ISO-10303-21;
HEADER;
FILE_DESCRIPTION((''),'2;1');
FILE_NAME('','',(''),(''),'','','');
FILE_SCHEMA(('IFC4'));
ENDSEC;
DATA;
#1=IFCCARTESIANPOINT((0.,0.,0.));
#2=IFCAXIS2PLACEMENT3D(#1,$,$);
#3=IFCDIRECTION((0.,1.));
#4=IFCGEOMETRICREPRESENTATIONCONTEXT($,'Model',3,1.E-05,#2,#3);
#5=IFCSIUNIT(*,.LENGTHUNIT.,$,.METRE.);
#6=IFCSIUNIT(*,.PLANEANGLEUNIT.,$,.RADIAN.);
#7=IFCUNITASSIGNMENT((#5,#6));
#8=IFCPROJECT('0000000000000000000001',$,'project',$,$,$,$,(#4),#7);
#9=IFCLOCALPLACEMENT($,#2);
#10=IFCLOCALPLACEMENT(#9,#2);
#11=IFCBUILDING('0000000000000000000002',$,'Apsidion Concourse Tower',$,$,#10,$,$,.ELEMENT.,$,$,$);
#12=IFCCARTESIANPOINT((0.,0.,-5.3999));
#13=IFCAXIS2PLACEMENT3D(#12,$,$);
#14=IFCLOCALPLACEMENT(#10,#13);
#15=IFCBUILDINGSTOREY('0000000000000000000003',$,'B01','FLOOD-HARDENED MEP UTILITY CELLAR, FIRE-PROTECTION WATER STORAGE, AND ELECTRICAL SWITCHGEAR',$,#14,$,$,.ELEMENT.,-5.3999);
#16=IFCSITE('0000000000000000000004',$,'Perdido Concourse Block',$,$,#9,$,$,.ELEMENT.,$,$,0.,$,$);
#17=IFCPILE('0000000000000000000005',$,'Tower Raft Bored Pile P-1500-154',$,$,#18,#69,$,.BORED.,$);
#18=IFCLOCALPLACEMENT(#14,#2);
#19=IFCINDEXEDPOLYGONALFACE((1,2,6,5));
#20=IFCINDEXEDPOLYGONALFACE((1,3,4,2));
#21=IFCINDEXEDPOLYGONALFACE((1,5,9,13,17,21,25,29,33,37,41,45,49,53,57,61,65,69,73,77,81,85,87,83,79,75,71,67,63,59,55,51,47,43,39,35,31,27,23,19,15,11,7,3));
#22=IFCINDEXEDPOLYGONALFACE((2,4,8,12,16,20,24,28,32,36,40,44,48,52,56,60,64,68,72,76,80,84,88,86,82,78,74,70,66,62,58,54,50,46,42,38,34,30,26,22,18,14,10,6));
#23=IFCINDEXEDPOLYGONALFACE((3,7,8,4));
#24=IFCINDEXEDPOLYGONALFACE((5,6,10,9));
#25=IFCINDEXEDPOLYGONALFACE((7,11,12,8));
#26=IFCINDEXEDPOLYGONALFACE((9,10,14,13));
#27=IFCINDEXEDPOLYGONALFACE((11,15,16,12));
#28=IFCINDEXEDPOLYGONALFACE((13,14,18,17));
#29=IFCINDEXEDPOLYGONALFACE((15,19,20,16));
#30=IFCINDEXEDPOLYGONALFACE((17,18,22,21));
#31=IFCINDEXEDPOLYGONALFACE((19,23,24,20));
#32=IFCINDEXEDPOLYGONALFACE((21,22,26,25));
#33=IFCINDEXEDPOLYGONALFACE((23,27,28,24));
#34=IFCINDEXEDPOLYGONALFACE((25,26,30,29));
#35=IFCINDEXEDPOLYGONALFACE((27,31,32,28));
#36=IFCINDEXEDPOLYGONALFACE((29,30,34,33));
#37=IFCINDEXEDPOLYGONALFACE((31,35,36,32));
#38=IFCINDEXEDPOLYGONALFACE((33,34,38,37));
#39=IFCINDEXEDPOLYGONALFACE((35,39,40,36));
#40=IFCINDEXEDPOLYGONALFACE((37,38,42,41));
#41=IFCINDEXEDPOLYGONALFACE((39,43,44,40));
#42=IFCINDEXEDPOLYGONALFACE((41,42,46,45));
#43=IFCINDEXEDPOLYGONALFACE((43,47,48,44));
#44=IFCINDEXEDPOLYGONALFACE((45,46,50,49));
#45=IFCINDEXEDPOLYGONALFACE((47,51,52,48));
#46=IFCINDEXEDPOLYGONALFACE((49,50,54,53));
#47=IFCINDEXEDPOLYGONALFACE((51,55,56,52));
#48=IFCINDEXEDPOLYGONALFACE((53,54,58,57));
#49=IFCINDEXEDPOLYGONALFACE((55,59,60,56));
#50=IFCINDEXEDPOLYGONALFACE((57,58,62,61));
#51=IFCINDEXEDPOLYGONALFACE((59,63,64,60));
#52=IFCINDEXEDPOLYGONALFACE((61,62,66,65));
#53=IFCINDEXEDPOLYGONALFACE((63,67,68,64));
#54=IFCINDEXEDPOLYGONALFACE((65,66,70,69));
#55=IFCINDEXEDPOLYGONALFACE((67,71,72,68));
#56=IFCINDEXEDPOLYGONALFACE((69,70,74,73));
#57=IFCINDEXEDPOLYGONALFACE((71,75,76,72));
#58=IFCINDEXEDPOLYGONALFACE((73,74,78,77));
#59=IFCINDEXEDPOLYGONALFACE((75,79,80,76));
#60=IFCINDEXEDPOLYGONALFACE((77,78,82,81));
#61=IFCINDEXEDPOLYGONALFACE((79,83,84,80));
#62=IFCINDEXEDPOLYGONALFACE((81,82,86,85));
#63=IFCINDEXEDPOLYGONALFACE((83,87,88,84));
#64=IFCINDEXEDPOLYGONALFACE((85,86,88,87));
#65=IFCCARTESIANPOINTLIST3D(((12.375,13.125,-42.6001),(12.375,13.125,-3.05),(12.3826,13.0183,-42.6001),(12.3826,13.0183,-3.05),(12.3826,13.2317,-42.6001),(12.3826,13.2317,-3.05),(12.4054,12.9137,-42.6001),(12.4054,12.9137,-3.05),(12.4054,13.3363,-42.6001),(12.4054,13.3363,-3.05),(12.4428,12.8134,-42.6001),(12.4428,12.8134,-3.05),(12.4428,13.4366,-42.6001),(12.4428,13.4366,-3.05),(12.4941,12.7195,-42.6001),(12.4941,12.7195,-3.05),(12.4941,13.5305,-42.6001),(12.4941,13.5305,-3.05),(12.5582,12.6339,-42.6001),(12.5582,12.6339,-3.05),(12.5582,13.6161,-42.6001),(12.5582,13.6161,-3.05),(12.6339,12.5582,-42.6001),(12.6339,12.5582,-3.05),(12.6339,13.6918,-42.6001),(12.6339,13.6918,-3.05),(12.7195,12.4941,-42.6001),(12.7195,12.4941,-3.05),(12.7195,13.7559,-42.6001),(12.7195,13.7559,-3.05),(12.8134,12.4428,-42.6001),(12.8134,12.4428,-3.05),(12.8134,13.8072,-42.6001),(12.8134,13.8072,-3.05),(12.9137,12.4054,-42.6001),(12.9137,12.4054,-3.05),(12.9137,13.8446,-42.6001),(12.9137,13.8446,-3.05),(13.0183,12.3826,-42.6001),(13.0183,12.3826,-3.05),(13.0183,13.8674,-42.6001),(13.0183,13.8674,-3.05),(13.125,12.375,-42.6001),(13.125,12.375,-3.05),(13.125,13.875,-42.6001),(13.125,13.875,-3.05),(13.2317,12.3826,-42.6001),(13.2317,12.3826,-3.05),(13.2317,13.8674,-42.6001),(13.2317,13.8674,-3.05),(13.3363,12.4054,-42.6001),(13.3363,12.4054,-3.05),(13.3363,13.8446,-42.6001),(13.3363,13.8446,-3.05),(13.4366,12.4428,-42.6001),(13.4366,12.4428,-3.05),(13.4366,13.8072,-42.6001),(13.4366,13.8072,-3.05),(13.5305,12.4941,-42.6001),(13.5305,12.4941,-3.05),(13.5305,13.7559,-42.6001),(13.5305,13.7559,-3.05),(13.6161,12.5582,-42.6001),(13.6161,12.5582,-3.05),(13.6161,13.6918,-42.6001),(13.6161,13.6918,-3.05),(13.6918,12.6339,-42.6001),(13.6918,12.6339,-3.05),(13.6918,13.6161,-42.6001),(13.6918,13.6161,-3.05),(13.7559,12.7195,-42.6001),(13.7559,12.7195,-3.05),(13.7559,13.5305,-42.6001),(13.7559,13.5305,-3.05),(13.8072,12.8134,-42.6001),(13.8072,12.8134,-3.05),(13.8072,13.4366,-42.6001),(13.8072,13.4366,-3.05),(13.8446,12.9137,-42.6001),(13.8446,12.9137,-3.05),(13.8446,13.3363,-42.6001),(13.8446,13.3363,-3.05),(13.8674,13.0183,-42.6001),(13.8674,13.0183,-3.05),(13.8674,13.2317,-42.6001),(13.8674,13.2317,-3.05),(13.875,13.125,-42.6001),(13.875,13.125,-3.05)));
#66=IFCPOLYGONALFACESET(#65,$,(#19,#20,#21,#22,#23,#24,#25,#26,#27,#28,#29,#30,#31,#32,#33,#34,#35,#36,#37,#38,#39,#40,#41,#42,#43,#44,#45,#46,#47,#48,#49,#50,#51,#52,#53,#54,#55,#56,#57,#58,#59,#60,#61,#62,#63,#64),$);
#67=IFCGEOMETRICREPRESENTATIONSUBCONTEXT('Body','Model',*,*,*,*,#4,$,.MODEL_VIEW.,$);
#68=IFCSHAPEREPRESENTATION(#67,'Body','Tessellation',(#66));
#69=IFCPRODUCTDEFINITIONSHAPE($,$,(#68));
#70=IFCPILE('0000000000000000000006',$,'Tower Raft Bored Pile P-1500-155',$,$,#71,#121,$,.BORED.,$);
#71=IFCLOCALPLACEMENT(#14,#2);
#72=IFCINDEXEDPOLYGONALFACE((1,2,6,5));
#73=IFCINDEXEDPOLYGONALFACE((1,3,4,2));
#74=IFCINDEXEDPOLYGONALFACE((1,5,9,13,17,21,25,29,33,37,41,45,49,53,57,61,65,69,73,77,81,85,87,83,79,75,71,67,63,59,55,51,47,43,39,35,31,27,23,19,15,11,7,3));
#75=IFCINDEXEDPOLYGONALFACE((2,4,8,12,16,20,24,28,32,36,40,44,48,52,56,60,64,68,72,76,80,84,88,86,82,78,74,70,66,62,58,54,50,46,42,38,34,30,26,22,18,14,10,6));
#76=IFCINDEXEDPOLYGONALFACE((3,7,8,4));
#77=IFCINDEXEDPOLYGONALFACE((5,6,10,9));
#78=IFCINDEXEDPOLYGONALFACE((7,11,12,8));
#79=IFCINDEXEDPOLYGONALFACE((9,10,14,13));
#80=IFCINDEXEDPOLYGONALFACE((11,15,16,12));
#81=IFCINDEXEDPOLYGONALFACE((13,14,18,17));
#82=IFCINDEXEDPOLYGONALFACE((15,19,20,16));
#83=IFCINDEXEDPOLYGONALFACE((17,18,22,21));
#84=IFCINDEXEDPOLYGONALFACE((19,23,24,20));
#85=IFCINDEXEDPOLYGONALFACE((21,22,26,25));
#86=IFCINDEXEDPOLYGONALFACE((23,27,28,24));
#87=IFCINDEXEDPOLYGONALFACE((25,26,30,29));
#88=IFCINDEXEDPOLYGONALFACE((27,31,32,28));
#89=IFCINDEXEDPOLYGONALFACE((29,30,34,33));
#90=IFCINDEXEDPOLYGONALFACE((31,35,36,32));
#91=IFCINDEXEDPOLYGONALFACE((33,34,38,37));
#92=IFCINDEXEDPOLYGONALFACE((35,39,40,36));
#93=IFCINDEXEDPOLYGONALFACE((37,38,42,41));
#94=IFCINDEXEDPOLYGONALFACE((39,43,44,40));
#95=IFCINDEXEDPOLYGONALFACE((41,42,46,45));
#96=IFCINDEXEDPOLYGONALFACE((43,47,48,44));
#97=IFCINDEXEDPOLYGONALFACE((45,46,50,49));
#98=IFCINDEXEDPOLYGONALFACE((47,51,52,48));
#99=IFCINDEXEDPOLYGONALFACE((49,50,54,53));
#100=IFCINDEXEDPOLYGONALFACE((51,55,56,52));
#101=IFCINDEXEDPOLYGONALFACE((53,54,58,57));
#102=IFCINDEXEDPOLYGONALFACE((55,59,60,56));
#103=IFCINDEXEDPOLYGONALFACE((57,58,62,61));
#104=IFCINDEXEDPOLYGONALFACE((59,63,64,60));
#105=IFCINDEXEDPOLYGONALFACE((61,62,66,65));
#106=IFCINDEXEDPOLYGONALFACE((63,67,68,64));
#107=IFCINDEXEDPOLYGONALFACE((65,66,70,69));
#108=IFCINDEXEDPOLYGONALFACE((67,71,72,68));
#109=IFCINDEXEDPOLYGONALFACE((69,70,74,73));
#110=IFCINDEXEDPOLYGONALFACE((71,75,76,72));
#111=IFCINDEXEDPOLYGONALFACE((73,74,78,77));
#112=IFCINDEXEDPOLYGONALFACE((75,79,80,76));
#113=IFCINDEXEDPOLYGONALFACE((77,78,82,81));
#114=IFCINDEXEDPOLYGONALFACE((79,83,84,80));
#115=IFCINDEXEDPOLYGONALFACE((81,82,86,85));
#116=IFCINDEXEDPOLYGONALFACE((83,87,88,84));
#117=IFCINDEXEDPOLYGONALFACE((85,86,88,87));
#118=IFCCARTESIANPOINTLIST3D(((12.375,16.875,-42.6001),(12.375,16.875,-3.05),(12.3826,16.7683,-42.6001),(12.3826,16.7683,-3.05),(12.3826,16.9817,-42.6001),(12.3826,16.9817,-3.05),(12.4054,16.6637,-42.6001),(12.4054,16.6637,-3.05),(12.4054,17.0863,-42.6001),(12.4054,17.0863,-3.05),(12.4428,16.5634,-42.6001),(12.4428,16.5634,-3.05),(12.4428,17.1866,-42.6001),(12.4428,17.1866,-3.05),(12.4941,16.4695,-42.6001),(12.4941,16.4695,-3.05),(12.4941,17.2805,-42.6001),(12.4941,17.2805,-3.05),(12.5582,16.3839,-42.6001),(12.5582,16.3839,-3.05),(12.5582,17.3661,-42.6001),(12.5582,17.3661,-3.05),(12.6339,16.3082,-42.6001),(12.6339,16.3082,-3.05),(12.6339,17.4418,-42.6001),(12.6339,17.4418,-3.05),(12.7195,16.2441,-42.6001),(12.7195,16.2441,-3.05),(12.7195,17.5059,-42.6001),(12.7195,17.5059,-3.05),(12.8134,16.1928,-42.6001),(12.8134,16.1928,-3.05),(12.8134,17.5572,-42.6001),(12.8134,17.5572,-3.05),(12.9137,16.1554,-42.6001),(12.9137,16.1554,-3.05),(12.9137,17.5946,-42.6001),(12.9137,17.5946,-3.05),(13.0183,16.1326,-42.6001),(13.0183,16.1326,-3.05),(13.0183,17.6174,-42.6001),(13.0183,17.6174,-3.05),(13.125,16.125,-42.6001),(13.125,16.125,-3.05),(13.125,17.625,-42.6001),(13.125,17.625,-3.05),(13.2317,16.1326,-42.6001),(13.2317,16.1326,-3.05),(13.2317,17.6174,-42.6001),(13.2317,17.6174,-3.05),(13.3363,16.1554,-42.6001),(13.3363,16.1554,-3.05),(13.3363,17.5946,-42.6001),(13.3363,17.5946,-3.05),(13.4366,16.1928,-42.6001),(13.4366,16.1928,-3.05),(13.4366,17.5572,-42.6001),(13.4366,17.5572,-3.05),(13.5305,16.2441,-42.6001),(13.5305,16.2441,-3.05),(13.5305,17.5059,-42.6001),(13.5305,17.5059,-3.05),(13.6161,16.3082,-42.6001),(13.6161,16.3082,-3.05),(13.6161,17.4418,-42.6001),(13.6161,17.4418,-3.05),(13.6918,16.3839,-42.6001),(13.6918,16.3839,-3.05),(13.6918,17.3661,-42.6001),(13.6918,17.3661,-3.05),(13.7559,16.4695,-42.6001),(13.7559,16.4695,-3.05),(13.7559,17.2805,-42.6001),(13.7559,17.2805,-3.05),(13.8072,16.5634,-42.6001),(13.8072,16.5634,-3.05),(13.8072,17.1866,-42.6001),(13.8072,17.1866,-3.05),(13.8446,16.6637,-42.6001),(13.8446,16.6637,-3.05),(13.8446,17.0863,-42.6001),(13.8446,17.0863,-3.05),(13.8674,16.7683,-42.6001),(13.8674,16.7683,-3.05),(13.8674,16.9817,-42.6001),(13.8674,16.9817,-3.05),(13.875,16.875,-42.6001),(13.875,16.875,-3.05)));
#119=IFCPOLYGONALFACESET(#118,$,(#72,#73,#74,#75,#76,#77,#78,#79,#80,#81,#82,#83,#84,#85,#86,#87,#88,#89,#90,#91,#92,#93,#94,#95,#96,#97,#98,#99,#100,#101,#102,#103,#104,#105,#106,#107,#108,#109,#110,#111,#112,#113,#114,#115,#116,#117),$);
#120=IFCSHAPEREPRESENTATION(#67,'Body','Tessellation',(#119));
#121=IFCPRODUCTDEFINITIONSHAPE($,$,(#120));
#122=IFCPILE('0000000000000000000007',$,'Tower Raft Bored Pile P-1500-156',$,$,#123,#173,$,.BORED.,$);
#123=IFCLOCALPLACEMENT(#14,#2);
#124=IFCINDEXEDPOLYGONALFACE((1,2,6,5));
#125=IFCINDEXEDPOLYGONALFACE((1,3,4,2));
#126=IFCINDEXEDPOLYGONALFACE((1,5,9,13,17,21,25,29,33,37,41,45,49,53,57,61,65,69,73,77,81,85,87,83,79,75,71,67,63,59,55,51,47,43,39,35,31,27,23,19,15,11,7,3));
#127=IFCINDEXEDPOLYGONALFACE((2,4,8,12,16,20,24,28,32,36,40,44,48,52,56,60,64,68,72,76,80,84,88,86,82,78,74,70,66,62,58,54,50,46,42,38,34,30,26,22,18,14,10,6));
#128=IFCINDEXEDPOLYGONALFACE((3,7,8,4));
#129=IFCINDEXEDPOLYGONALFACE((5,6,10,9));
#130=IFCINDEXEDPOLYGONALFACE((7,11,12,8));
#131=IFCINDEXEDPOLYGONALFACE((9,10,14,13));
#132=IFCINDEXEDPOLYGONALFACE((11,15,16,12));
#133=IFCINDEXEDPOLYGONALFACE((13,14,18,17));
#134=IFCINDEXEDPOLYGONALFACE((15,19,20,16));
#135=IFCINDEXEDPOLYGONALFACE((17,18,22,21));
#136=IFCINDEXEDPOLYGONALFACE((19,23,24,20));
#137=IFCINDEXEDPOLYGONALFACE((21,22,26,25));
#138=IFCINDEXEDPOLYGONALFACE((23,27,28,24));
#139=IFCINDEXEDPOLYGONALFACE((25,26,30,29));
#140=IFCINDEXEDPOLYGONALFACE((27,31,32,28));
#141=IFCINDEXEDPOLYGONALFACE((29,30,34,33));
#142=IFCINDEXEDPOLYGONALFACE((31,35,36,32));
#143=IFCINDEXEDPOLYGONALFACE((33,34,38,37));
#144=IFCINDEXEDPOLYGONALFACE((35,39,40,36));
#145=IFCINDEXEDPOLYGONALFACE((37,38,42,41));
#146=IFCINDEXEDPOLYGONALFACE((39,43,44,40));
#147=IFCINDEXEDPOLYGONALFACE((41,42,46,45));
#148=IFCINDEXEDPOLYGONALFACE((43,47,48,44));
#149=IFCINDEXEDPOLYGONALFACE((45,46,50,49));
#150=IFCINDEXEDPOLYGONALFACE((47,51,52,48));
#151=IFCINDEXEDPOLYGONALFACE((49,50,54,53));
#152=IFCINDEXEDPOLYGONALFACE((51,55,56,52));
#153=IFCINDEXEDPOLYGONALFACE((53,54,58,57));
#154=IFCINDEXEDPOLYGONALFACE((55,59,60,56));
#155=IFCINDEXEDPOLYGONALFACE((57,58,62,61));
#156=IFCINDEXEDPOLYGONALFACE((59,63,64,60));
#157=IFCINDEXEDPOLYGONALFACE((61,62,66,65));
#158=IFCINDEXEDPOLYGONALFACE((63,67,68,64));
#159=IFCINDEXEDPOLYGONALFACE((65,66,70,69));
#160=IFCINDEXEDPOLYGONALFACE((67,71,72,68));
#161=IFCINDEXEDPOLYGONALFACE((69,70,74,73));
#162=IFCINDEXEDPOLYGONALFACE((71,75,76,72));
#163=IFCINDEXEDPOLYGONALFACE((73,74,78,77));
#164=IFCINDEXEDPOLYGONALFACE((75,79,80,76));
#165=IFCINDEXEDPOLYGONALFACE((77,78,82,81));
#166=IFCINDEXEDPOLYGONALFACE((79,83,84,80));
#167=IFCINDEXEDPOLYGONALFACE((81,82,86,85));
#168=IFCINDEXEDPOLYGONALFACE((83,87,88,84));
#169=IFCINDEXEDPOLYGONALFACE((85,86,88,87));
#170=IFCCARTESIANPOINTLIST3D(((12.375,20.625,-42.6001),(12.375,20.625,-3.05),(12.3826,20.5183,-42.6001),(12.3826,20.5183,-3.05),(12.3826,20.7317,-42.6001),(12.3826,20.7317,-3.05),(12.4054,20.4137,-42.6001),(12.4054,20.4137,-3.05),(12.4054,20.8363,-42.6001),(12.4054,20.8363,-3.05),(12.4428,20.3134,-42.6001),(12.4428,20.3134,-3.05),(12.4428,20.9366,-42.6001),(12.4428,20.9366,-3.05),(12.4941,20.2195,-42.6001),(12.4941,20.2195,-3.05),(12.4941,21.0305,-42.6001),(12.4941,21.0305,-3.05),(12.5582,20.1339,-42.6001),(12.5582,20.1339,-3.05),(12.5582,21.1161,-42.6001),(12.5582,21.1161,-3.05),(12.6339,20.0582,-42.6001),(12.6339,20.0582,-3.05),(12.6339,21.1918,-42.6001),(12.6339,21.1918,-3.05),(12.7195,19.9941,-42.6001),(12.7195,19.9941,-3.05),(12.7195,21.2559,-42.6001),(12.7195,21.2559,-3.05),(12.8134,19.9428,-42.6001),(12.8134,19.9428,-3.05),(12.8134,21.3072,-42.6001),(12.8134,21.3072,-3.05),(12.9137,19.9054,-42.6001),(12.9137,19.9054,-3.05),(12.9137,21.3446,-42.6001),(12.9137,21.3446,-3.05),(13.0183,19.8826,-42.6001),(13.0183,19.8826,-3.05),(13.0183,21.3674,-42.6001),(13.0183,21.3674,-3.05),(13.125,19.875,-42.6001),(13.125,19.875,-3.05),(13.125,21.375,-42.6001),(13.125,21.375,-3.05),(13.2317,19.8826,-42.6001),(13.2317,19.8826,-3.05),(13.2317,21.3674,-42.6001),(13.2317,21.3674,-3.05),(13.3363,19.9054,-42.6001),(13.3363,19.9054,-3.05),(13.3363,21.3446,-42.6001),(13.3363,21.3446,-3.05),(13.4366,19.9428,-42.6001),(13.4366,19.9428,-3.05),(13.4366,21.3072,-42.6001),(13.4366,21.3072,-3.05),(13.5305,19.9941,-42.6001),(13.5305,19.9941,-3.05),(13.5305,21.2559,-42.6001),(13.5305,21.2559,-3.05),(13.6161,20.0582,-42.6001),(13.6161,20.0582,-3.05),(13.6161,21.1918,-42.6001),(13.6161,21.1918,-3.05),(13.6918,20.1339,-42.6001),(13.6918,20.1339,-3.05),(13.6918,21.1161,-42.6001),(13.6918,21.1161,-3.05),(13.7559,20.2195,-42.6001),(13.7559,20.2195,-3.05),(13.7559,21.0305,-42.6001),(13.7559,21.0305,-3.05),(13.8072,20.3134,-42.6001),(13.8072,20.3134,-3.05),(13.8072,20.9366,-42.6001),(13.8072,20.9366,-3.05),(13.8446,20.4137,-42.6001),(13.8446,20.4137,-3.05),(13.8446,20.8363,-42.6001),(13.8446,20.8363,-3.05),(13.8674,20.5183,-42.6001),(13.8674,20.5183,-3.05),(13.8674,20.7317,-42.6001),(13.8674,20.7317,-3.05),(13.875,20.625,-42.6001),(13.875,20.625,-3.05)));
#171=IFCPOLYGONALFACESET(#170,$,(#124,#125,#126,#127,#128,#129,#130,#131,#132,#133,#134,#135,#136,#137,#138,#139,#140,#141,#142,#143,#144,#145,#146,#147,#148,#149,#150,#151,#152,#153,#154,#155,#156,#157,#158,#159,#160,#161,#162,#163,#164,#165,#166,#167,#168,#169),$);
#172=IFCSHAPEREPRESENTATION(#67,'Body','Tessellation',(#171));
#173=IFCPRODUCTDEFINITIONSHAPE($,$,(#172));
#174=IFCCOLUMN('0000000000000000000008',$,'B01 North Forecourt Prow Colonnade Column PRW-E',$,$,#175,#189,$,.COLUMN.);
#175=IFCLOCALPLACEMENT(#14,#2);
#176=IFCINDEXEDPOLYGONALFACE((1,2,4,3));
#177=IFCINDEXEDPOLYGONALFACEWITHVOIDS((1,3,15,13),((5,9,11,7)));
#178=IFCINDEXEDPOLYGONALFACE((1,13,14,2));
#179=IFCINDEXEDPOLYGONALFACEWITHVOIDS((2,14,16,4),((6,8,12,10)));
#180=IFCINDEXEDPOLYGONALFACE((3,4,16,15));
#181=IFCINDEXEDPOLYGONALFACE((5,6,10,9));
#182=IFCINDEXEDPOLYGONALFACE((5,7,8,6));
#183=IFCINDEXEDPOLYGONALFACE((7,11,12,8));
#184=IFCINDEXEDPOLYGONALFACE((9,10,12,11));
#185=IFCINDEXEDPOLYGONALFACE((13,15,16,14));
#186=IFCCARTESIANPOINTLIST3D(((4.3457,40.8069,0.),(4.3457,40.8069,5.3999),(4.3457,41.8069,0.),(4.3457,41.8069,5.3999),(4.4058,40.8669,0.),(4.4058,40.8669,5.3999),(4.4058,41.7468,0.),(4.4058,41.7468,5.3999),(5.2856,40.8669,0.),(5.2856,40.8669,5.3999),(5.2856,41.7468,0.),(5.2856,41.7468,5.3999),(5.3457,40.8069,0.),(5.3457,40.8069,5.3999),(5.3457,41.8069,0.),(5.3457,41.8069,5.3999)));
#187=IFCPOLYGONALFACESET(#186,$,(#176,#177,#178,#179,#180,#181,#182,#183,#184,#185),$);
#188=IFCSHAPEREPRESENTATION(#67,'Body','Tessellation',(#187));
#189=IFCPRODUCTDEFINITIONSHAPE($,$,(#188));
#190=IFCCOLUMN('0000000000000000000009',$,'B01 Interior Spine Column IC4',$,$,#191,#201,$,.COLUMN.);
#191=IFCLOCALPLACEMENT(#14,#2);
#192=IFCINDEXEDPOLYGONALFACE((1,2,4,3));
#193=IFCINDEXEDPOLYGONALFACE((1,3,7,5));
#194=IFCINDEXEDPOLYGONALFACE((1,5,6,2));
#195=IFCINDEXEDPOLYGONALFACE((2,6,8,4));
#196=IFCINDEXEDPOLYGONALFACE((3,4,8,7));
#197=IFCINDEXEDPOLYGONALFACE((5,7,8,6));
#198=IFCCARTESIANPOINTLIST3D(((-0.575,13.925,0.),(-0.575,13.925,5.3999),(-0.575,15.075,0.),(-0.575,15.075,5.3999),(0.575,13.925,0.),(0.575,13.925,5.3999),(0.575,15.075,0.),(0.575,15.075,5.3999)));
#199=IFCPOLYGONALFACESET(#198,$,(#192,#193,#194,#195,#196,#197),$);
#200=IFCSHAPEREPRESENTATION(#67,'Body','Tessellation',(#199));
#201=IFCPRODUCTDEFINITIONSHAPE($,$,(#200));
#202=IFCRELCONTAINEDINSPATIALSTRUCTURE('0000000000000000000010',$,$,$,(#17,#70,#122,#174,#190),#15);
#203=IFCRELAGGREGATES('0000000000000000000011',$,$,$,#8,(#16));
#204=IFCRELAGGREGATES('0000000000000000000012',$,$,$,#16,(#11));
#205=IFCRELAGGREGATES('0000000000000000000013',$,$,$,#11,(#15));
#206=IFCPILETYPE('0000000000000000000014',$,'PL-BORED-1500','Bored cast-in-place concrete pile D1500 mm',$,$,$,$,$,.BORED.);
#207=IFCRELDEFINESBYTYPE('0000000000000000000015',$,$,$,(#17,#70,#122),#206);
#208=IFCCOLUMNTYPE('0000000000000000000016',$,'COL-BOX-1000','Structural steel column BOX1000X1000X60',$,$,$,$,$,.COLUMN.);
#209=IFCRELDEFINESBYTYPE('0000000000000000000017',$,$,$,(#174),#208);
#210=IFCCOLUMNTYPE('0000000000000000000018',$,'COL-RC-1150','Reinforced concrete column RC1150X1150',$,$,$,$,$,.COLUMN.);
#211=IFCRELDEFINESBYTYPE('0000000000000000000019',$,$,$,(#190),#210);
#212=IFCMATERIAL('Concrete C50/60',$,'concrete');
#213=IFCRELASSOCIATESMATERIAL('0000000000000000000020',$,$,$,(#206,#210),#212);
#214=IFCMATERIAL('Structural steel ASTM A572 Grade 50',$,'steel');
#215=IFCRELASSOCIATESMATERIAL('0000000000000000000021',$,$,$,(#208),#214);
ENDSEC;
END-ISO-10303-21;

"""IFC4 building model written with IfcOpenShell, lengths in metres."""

from ifc_helpers import new_model, si_unit, direction, frame, origin, origin_2d, place, context, subcontext, project, spatial, rectangle, hollow_rectangle, circle, extrude, material, material_profile, profile_set, type_object, element, save


model = new_model("IFC4")

# Units and contexts
model_context = context("Model", 3, precision=1e-05, world=origin(), true_north=direction((0.0, 1.0)))
body_context = subcontext(model_context, "Body", "Model", "MODEL_VIEW")
ifc_project = project(units=[si_unit("LENGTHUNIT", "METRE"), si_unit("PLANEANGLEUNIT", "RADIAN")], contexts=[model_context])

# Site, building, storey
site_placement = place(None, origin())
site = spatial("IfcSite", under=ifc_project, at=site_placement, Name="Perdido Concourse Block", CompositionType="ELEMENT", RefElevation=0.0)
building_placement = place(site_placement, origin())
building = spatial("IfcBuilding", under=site, at=building_placement, Name="Apsidion Concourse Tower", CompositionType="ELEMENT")
storey_placement = place(building_placement, frame((0.0, 0.0, -5.3999)))
storey = spatial("IfcBuildingStorey", under=building, at=storey_placement, Name="B01", Description="FLOOD-HARDENED MEP UTILITY CELLAR, FIRE-PROTECTION WATER STORAGE, AND ELECTRICAL SWITCHGEAR", CompositionType="ELEMENT", Elevation=-5.3999)

# Shared definitions
ifc_material_1 = material(Name="Concrete C50/60", Category="concrete")

# Piles
ifc_material_profile_1 = material_profile(ifc_material_1, circle(Radius=0.75, at=origin_2d()), Name="BORED PILE D1500")
ifc_profile_set_1 = profile_set([ifc_material_profile_1], Name="Concrete C50/60")
pile_type_1 = type_object("IfcPileType", Name="PL-BORED-1500", Description="Bored cast-in-place concrete pile D1500 mm", PredefinedType="BORED", material=ifc_profile_set_1)
for number, where, z_axis, x_axis, name in (
    (1, (13.125, 13.125, -3.05), (0.0, 0.0, -1.0), (1.0, 0.0, 0.0), "Tower Raft Bored Pile P-1500-154"),
    (2, (13.125, 16.875, -3.05), (0.0, 0.0, -1.0), (1.0, 0.0, 0.0), "Tower Raft Bored Pile P-1500-155"),
    (3, (13.125, 20.625, -3.05), (0.0, 0.0, -1.0), (1.0, 0.0, 0.0), "Tower Raft Bored Pile P-1500-156"),
):
    element("IfcPile", number, at=place(storey_placement, frame(where, z_axis=z_axis, x_axis=x_axis)), inside=storey, type_object=pile_type_1, Name=name, PredefinedType="BORED", context=body_context, shape_type="SweptSolid", body=[
        extrude(circle(Radius=0.75, at=origin_2d()), origin(), (0.0, 0.0, 1.0), 39.55),
    ])

# Columns
ifc_material_2 = material(Name="Structural steel ASTM A572 Grade 50", Category="steel")
ifc_material_profile_2 = material_profile(ifc_material_2, hollow_rectangle(XDim=1.0, YDim=1.0, WallThickness=0.0601, at=origin_2d()), Name="BOX1000X1000X60")
ifc_profile_set_2 = profile_set([ifc_material_profile_2], Name="Structural steel ASTM A572 Grade 50")
column_type_1 = type_object("IfcColumnType", Name="COL-BOX-1000", Description="Structural steel column BOX1000X1000X60", PredefinedType="COLUMN", material=ifc_profile_set_2)
column_1_placement = place(storey_placement, frame((4.8457, 41.3069, 0.0), z_axis=(0.0, 0.0, 1.0), x_axis=(1.0, 0.0, 0.0)))
element("IfcColumn", 4, at=column_1_placement, inside=storey, type_object=column_type_1, Name="B01 North Forecourt Prow Colonnade Column PRW-E", PredefinedType="COLUMN", context=body_context, shape_type="SweptSolid", body=[
    extrude(hollow_rectangle(XDim=1.0, YDim=1.0, WallThickness=0.0601, at=origin_2d()), origin(), (0.0, 0.0, 1.0), 5.3999),
])
ifc_material_profile_3 = material_profile(ifc_material_1, rectangle(XDim=1.1499, YDim=1.1499, at=origin_2d()), Name="RC 1150x1150")
ifc_profile_set_3 = profile_set([ifc_material_profile_3], Name="Concrete C50/60")
column_type_2 = type_object("IfcColumnType", Name="COL-RC-1150", Description="Reinforced concrete column RC1150X1150", PredefinedType="COLUMN", material=ifc_profile_set_3)
column_2_placement = place(storey_placement, frame((0.0, 14.5, 0.0), z_axis=(0.0, 0.0, 1.0), x_axis=(1.0, 0.0, 0.0)))
element("IfcColumn", 5, at=column_2_placement, inside=storey, type_object=column_type_2, Name="B01 Interior Spine Column IC4", PredefinedType="COLUMN", context=body_context, shape_type="SweptSolid", body=[
    extrude(rectangle(XDim=1.1499, YDim=1.1499, at=origin_2d()), origin(), (0.0, 0.0, 1.0), 5.3999),
])

save(model, "model.ifc")
